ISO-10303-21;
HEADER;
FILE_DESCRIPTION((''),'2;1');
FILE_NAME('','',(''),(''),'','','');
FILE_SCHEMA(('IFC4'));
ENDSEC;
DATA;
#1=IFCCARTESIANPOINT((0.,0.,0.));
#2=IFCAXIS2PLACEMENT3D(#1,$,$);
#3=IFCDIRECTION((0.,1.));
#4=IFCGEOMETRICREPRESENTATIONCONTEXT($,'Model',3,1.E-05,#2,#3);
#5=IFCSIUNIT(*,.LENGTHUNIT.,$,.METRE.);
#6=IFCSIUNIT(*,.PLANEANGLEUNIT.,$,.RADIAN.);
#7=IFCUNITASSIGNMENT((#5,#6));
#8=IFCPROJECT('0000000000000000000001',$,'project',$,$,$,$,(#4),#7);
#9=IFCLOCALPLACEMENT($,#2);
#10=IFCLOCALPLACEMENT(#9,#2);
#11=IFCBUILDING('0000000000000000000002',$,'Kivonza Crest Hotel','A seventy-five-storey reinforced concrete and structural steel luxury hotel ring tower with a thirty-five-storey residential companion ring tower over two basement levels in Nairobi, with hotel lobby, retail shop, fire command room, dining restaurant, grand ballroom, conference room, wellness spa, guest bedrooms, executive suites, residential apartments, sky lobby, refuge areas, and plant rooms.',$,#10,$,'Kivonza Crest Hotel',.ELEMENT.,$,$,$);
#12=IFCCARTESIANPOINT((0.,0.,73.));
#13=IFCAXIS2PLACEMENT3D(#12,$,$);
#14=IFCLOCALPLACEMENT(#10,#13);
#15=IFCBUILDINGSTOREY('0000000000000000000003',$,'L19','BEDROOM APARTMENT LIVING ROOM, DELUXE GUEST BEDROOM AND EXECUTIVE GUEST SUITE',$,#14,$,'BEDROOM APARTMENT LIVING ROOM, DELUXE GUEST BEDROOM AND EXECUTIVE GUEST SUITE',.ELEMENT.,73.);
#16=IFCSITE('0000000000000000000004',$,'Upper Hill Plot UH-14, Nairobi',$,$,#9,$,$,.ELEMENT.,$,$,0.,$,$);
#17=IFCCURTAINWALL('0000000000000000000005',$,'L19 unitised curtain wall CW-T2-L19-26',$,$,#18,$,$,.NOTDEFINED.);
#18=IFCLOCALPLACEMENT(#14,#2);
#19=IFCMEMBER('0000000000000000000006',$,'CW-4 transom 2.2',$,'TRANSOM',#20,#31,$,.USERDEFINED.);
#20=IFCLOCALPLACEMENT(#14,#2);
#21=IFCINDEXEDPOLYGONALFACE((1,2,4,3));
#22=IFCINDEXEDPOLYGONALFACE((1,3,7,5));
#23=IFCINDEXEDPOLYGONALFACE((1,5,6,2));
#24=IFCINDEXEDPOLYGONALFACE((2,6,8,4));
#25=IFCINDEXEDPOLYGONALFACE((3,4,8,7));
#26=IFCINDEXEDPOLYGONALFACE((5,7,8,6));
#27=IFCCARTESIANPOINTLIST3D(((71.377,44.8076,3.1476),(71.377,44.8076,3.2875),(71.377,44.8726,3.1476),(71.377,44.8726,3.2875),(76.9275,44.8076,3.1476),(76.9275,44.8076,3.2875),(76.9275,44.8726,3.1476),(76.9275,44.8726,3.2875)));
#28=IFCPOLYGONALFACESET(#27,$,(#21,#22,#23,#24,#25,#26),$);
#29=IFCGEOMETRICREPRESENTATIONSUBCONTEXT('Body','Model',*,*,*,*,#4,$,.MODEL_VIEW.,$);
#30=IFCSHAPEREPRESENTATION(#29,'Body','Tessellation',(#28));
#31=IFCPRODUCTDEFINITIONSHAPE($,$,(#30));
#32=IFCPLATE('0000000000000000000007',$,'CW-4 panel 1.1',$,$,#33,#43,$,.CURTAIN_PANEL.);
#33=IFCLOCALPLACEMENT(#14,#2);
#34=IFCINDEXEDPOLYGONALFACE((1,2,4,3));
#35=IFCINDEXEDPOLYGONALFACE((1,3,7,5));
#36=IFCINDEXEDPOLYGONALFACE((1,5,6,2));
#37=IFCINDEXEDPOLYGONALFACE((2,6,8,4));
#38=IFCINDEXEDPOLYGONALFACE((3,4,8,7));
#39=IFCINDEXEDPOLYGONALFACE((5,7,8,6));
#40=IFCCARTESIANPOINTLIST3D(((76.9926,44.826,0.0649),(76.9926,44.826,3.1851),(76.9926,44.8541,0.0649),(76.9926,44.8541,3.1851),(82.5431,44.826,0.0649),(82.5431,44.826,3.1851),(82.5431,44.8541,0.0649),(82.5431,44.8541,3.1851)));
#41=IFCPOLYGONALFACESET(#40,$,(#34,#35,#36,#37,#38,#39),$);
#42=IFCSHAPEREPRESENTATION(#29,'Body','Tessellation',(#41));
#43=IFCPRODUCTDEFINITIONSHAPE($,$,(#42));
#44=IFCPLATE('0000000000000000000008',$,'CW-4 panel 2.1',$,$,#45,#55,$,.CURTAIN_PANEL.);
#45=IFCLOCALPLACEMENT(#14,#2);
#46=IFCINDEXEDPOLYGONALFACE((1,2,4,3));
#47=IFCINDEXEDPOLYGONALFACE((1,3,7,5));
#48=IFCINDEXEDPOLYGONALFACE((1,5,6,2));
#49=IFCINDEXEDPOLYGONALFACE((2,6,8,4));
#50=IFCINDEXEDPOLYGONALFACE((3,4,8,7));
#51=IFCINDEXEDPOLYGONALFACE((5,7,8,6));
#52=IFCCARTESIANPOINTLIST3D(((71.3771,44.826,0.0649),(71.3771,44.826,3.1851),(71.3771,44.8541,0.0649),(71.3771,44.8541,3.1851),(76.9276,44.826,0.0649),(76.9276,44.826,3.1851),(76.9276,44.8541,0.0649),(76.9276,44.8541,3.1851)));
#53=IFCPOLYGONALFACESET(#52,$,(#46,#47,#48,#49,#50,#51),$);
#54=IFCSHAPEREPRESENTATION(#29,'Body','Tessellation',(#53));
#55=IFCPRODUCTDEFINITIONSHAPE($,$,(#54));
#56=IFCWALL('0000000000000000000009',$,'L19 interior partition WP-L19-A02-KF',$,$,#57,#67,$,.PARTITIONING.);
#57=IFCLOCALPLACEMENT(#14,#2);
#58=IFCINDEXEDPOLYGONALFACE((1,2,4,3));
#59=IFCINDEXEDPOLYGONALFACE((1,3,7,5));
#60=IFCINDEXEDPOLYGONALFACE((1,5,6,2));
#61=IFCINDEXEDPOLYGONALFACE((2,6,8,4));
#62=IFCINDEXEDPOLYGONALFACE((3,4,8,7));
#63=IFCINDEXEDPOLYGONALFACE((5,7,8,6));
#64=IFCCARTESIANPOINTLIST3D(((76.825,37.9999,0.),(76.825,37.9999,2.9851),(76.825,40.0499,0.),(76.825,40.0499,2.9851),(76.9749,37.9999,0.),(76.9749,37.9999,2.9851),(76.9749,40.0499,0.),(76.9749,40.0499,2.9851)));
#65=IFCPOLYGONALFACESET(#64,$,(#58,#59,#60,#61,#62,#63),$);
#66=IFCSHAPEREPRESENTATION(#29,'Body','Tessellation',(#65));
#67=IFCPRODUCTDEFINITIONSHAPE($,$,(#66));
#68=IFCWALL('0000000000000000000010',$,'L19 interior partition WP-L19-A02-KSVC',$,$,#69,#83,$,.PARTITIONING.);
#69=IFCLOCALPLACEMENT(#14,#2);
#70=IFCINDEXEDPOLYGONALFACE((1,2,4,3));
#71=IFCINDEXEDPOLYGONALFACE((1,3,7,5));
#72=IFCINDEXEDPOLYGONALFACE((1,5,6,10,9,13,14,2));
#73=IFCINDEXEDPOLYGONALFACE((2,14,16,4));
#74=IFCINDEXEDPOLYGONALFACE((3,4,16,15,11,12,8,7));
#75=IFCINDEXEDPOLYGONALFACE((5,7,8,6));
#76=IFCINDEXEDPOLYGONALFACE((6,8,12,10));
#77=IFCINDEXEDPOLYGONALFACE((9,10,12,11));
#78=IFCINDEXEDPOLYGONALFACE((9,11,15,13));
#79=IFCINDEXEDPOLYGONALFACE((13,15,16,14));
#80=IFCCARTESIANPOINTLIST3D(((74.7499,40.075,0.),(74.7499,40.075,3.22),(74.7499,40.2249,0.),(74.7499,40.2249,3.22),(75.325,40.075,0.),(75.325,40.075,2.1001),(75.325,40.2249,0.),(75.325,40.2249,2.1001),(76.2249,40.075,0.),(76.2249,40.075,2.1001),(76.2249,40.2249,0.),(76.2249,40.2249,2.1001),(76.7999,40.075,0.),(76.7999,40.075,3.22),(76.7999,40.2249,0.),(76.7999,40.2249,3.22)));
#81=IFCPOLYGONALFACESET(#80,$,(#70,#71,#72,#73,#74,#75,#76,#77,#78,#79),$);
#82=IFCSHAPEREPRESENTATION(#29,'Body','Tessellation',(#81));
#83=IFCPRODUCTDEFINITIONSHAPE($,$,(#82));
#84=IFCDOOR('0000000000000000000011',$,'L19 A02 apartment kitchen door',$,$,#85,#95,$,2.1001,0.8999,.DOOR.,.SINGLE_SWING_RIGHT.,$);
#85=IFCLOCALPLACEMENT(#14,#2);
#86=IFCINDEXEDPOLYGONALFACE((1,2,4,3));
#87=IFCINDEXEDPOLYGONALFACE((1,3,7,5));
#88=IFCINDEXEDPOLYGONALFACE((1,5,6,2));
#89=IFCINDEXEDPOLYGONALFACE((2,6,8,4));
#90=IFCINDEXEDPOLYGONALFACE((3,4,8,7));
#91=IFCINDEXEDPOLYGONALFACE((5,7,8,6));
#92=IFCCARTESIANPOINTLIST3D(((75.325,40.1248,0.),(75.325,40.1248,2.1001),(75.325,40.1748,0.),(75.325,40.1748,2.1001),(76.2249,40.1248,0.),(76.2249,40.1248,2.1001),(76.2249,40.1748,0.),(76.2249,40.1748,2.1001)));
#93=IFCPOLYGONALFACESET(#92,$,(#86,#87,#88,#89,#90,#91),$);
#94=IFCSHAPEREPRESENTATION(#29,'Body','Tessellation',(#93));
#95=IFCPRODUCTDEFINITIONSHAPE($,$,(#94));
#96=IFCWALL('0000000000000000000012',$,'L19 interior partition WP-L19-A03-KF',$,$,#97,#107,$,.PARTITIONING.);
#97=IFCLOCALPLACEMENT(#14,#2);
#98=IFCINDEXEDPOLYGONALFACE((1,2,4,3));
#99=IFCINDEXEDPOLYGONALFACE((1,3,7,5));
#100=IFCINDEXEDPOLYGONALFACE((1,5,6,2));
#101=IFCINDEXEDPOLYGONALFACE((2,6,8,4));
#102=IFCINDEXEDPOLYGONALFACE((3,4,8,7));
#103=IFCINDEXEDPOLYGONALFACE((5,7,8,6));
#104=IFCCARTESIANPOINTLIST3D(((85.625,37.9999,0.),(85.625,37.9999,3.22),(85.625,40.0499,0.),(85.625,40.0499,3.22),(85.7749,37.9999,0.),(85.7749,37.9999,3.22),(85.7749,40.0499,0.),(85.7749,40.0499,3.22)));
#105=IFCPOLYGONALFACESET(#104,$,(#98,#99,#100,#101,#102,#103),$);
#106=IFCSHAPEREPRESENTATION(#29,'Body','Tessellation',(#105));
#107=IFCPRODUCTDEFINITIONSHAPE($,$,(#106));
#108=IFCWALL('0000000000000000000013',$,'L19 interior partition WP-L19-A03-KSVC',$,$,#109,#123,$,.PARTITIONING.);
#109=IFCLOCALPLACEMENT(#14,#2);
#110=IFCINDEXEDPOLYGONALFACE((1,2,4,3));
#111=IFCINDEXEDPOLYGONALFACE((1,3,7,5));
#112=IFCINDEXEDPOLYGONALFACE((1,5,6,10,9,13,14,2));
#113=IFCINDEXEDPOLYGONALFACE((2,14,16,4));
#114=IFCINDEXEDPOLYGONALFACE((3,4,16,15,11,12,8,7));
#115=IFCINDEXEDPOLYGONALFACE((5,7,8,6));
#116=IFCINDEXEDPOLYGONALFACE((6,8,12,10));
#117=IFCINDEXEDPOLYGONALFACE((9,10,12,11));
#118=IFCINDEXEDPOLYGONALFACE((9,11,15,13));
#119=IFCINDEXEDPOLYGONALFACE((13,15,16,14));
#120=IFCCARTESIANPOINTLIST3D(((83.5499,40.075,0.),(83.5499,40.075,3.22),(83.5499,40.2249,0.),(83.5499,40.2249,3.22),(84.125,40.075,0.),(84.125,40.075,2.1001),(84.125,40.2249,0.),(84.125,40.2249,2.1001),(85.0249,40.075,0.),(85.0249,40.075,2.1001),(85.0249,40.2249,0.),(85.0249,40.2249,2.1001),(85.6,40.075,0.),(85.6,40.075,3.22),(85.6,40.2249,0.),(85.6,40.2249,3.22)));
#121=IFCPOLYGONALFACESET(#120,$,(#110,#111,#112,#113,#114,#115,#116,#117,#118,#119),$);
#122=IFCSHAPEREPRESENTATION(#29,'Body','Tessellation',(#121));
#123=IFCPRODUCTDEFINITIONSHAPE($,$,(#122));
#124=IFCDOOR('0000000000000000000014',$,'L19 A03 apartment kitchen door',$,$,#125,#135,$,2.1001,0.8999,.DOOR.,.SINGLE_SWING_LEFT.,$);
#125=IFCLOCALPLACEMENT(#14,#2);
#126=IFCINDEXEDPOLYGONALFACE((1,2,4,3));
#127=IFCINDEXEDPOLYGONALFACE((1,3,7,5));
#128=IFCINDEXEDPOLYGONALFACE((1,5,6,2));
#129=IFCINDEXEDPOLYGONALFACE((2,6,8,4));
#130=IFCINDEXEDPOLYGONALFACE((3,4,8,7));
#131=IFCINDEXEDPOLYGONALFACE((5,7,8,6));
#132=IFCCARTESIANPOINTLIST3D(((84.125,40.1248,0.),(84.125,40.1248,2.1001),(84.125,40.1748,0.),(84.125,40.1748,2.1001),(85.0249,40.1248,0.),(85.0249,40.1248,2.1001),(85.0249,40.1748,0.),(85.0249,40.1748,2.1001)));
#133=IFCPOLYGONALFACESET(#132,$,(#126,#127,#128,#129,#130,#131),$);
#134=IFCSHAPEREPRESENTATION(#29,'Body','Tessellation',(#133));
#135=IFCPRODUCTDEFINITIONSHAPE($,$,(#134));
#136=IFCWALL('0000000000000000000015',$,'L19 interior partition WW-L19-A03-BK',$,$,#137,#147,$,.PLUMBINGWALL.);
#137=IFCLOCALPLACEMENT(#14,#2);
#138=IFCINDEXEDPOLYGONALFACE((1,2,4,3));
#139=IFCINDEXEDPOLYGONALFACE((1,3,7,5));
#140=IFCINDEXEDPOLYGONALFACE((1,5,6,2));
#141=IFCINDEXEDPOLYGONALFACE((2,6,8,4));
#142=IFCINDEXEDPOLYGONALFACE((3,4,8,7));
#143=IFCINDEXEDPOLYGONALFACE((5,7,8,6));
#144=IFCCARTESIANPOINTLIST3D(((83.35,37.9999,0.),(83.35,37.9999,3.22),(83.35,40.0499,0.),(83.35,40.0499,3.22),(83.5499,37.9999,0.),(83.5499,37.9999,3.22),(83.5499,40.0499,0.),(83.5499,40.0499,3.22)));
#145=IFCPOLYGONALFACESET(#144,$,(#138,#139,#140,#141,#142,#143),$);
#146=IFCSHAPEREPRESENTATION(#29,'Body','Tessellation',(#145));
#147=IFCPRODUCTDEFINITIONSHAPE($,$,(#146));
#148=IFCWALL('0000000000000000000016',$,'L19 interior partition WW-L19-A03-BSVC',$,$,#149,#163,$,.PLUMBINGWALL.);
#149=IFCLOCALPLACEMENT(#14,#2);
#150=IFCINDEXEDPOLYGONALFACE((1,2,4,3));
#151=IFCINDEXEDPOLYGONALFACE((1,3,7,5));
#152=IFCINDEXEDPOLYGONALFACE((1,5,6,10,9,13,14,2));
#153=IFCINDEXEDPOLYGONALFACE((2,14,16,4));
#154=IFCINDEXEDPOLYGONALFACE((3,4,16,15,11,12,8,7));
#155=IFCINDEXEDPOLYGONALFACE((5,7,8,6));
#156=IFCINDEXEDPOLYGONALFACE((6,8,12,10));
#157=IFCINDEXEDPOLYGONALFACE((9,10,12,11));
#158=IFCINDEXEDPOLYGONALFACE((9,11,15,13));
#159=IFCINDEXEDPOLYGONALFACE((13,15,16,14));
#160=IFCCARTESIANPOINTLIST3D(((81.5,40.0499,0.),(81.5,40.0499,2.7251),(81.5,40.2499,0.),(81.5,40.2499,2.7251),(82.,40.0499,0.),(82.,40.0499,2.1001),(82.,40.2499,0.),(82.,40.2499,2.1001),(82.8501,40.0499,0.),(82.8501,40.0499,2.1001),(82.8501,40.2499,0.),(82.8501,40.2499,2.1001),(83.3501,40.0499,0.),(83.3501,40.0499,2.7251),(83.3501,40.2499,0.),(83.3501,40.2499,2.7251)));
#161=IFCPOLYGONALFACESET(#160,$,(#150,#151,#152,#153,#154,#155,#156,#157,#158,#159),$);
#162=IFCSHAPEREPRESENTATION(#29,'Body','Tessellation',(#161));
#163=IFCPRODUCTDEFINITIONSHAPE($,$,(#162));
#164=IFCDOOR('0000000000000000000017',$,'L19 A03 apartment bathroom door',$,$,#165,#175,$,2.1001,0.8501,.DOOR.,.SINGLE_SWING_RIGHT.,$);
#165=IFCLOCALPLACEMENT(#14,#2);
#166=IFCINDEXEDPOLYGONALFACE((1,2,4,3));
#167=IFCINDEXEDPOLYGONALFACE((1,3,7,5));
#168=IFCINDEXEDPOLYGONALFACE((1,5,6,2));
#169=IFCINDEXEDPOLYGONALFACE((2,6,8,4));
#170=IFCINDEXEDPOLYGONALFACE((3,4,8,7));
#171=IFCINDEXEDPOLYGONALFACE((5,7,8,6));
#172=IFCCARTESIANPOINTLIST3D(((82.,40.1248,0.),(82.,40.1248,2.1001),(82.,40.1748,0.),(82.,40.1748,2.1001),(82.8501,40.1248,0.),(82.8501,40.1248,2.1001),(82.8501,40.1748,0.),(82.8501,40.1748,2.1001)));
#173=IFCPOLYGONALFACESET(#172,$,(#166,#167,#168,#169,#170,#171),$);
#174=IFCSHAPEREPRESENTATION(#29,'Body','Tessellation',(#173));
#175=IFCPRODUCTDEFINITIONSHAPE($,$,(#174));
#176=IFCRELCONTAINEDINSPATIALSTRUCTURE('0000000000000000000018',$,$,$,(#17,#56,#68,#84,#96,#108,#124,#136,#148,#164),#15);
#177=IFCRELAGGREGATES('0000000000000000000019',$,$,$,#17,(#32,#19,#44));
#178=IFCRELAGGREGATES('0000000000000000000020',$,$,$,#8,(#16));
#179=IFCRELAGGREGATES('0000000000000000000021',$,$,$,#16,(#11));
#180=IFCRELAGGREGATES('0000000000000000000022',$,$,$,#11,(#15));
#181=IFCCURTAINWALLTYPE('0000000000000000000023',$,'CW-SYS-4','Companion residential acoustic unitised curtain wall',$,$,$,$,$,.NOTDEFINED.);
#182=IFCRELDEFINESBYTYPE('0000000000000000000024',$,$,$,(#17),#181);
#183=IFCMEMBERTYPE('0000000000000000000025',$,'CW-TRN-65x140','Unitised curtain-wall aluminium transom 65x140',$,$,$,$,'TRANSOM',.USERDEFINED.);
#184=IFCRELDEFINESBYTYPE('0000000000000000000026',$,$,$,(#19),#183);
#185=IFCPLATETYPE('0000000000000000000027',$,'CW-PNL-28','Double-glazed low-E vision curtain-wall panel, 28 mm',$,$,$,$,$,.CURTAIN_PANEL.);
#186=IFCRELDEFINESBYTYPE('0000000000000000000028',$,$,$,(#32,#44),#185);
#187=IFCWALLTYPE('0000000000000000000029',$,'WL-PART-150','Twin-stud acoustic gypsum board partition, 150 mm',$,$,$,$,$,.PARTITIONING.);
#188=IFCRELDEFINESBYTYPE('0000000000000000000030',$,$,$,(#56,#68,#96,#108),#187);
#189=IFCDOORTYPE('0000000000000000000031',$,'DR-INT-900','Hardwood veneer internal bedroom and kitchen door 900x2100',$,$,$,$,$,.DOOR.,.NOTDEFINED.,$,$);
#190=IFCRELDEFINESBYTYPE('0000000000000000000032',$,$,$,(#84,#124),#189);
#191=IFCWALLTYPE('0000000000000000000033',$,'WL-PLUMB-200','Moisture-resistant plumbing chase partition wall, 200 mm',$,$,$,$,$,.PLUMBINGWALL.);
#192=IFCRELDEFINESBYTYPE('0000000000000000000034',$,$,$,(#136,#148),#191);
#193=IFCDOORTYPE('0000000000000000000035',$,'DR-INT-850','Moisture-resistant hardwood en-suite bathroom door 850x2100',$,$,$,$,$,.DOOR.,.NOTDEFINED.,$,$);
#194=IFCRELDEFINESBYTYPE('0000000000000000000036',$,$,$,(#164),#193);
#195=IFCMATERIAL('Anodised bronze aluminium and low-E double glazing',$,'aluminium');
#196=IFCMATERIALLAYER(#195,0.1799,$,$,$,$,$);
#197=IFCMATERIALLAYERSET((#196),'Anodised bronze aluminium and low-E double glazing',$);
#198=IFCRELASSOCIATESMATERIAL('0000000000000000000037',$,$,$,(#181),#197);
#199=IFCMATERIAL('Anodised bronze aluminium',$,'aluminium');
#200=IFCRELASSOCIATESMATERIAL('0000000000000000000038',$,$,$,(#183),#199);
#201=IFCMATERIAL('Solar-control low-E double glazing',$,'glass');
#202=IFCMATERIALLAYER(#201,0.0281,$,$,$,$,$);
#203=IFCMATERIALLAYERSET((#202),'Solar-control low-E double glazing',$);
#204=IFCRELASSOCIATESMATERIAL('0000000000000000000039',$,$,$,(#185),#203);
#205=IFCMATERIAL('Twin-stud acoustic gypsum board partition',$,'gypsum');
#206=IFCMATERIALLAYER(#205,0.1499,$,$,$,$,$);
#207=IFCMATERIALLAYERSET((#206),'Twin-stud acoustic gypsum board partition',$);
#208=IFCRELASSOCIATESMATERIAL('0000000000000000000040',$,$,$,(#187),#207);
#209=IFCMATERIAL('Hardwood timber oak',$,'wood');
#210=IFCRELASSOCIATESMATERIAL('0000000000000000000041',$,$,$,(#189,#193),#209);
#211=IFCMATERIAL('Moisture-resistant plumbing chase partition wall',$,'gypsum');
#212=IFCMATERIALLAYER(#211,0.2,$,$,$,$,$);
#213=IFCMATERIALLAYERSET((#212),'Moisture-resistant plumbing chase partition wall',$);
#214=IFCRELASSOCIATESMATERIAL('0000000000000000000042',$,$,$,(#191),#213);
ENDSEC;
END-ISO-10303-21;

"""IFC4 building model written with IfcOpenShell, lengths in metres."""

from ifc_helpers import new_model, si_unit, direction, frame, frame_2d, origin, origin_2d, place, context, subcontext, project, spatial, rectangle, extrude, material, layer, layer_set, material_profile, profile_set, type_object, element, fill, aggregate, save


model = new_model("IFC4")

# Units and contexts
model_context = context("Model", 3, precision=1e-05, world=origin(), true_north=direction((0.0, 1.0)))
body_context = subcontext(model_context, "Body", "Model", "MODEL_VIEW")
ifc_project = project(units=[si_unit("LENGTHUNIT", "METRE"), si_unit("PLANEANGLEUNIT", "RADIAN")], contexts=[model_context])

# Site, building, storey
site_placement = place(None, origin())
site = spatial("IfcSite", under=ifc_project, at=site_placement, Name="Upper Hill Plot UH-14, Nairobi", CompositionType="ELEMENT", RefElevation=0.0)
building_placement = place(site_placement, origin())
building = spatial("IfcBuilding", under=site, at=building_placement, Name="Kivonza Crest Hotel", Description="A seventy-five-storey reinforced concrete and structural steel luxury hotel ring tower with a thirty-five-storey residential companion ring tower over two basement levels in Nairobi, with hotel lobby, retail shop, fire command room, dining restaurant, grand ballroom, conference room, wellness spa, guest bedrooms, executive suites, residential apartments, sky lobby, refuge areas, and plant rooms.", LongName="Kivonza Crest Hotel", CompositionType="ELEMENT")
storey_placement = place(building_placement, frame((0.0, 0.0, 73.0)))
storey = spatial("IfcBuildingStorey", under=building, at=storey_placement, Name="L19", Description="BEDROOM APARTMENT LIVING ROOM, DELUXE GUEST BEDROOM AND EXECUTIVE GUEST SUITE", LongName="BEDROOM APARTMENT LIVING ROOM, DELUXE GUEST BEDROOM AND EXECUTIVE GUEST SUITE", CompositionType="ELEMENT", Elevation=73.0)

# Curtain wall, member, plates
ifc_material_1 = material(Name="Anodised bronze aluminium and low-E double glazing", Category="aluminium")
ifc_layer_1 = layer(ifc_material_1, 0.1799)
ifc_layer_set_1 = layer_set([ifc_layer_1], Name="Anodised bronze aluminium and low-E double glazing")
curtain_wall_type = type_object("IfcCurtainWallType", Name="CW-SYS-4", Description="Companion residential acoustic unitised curtain wall", PredefinedType="NOTDEFINED", material=ifc_layer_set_1)
curtain_wall_placement = place(storey_placement, origin())
curtain_wall = element("IfcCurtainWall", 1, at=curtain_wall_placement, inside=storey, type_object=curtain_wall_type, Name="L19 unitised curtain wall CW-T2-L19-26", PredefinedType="NOTDEFINED")
ifc_material_2 = material(Name="Anodised bronze aluminium", Category="aluminium")
ifc_material_profile_1 = material_profile(ifc_material_2, rectangle(XDim=0.0649, YDim=0.1399, at=origin_2d()), Name="CW-T 65x140")
ifc_profile_set_1 = profile_set([ifc_material_profile_1], Name="Anodised bronze aluminium")
member_type_1 = type_object("IfcMemberType", Name="CW-TRN-65x140", Description="Unitised curtain-wall aluminium transom 65x140", ElementType="TRANSOM", PredefinedType="USERDEFINED", material=ifc_profile_set_1)
member_1_placement = place(storey_placement, frame((76.9275, 44.8401, 3.2175), z_axis=(-1.0, 0.0, 0.0), x_axis=(0.0, -1.0, 0.0)))
member_1 = element("IfcMember", 2, at=member_1_placement, type_object=member_type_1, Name="CW-4 transom 2.2", ObjectType="TRANSOM", PredefinedType="USERDEFINED", context=body_context, shape_type="SweptSolid", body=[
    extrude(rectangle(XDim=0.0649, YDim=0.1399, at=origin_2d()), origin(), (0.0, 0.0, 1.0), 5.5505),
])
ifc_material_3 = material(Name="Solar-control low-E double glazing", Category="glass")
ifc_layer_2 = layer(ifc_material_3, 0.0281)
ifc_layer_set_2 = layer_set([ifc_layer_2], Name="Solar-control low-E double glazing")
plate_type = type_object("IfcPlateType", Name="CW-PNL-28", Description="Double-glazed low-E vision curtain-wall panel, 28 mm", PredefinedType="CURTAIN_PANEL", material=ifc_layer_set_2)
plate_1_placement = place(storey_placement, frame((79.7678, 44.8401, 0.0649), z_axis=(0.0, 0.0, 1.0), x_axis=(-1.0, 0.0, 0.0)))
plate_1 = element("IfcPlate", 3, at=plate_1_placement, type_object=plate_type, Name="CW-4 panel 1.1", PredefinedType="CURTAIN_PANEL", context=body_context, shape_type="SweptSolid", body=[
    extrude(rectangle(XDim=5.5505, YDim=0.0281, at=origin_2d()), origin(), (0.0, 0.0, 1.0), 3.1201),
])
plate_2_placement = place(storey_placement, frame((74.1523, 44.8401, 0.0649), z_axis=(0.0, 0.0, 1.0), x_axis=(-1.0, 0.0, 0.0)))
plate_2 = element("IfcPlate", 4, at=plate_2_placement, type_object=plate_type, Name="CW-4 panel 2.1", PredefinedType="CURTAIN_PANEL", context=body_context, shape_type="SweptSolid", body=[
    extrude(rectangle(XDim=5.5505, YDim=0.0281, at=origin_2d()), origin(), (0.0, 0.0, 1.0), 3.1201),
])
aggregate(curtain_wall, [plate_1, member_1, plate_2])

# Wall
ifc_material_4 = material(Name="Twin-stud acoustic gypsum board partition", Category="gypsum")
ifc_layer_3 = layer(ifc_material_4, 0.1499)
ifc_layer_set_3 = layer_set([ifc_layer_3], Name="Twin-stud acoustic gypsum board partition")
wall_type_1 = type_object("IfcWallType", Name="WL-PART-150", Description="Twin-stud acoustic gypsum board partition, 150 mm", PredefinedType="PARTITIONING", material=ifc_layer_set_3)
wall_1_placement = place(storey_placement, frame((76.8999, 38.0, 0.0), z_axis=(0.0, 0.0, 1.0), x_axis=(0.0, 1.0, 0.0)))
element("IfcWall", 5, at=wall_1_placement, inside=storey, type_object=wall_type_1, Name="L19 interior partition WP-L19-A02-KF", PredefinedType="PARTITIONING", context=body_context, shape_type="SweptSolid", body=[
    extrude(rectangle(XDim=2.05, YDim=0.1499, at=frame_2d((1.0249, 0.0))), origin(), (0.0, 0.0, 1.0), 2.9851),
])

# Wall, opening, door
wall_2_placement = place(storey_placement, frame((74.75, 40.1499, 0.0), z_axis=(0.0, 0.0, 1.0), x_axis=(1.0, 0.0, 0.0)))
wall_2 = element("IfcWall", 6, at=wall_2_placement, inside=storey, type_object=wall_type_1, Name="L19 interior partition WP-L19-A02-KSVC", PredefinedType="PARTITIONING", context=body_context, shape_type="SweptSolid", body=[
    extrude(rectangle(XDim=2.05, YDim=0.1499, at=frame_2d((1.0249, 0.0))), origin(), (0.0, 0.0, 1.0), 3.22),
])
opening_1_placement = place(wall_2_placement, frame((0.575, 0.0, 0.0)))
opening_1 = element("IfcOpeningElement", 7, at=opening_1_placement, cuts=wall_2, PredefinedType="OPENING", context=body_context, shape_type="SweptSolid", body=[
    extrude(rectangle(XDim=0.8999, YDim=2.1001, at=frame_2d((0.45, 1.05))), frame((0.0, 0.085, 0.0), z_axis=(0.0, -1.0, 0.0), x_axis=(1.0, 0.0, 0.0)), (0.0, 0.0, 1.0), 0.1699),
])
ifc_material_5 = material(Name="Hardwood timber oak", Category="wood")
door_type_1 = type_object("IfcDoorType", Name="DR-INT-900", Description="Hardwood veneer internal bedroom and kitchen door 900x2100", OperationType="NOTDEFINED", PredefinedType="DOOR", material=ifc_material_5)
door_1_placement = place(opening_1_placement, origin())
door_1 = element("IfcDoor", 8, at=door_1_placement, inside=storey, type_object=door_type_1, Name="L19 A02 apartment kitchen door", OperationType="SINGLE_SWING_RIGHT", OverallHeight=2.1001, OverallWidth=0.8999, PredefinedType="DOOR", context=body_context, shape_type="SweptSolid", body=[
    extrude(rectangle(XDim=0.8999, YDim=2.1001, at=frame_2d((0.45, 1.05))), frame((0.0, 0.0249, 0.0), z_axis=(0.0, -1.0, 0.0), x_axis=(1.0, 0.0, 0.0)), (0.0, 0.0, 1.0), 0.05),
])
fill(opening_1, door_1)

# Wall
wall_3_placement = place(storey_placement, frame((85.7, 38.0, 0.0), z_axis=(0.0, 0.0, 1.0), x_axis=(0.0, 1.0, 0.0)))
element("IfcWall", 9, at=wall_3_placement, inside=storey, type_object=wall_type_1, Name="L19 interior partition WP-L19-A03-KF", PredefinedType="PARTITIONING", context=body_context, shape_type="SweptSolid", body=[
    extrude(rectangle(XDim=2.05, YDim=0.1499, at=frame_2d((1.0249, 0.0))), origin(), (0.0, 0.0, 1.0), 3.22),
])

# Wall, opening, door
wall_4_placement = place(storey_placement, frame((83.55, 40.1499, 0.0), z_axis=(0.0, 0.0, 1.0), x_axis=(1.0, 0.0, 0.0)))
wall_4 = element("IfcWall", 10, at=wall_4_placement, inside=storey, type_object=wall_type_1, Name="L19 interior partition WP-L19-A03-KSVC", PredefinedType="PARTITIONING", context=body_context, shape_type="SweptSolid", body=[
    extrude(rectangle(XDim=2.05, YDim=0.1499, at=frame_2d((1.0249, 0.0))), origin(), (0.0, 0.0, 1.0), 3.22),
])
opening_2_placement = place(wall_4_placement, frame((0.575, 0.0, 0.0)))
opening_2 = element("IfcOpeningElement", 11, at=opening_2_placement, cuts=wall_4, PredefinedType="OPENING", context=body_context, shape_type="SweptSolid", body=[
    extrude(rectangle(XDim=0.8999, YDim=2.1001, at=frame_2d((0.45, 1.05))), frame((0.0, 0.085, 0.0), z_axis=(0.0, -1.0, 0.0), x_axis=(1.0, 0.0, 0.0)), (0.0, 0.0, 1.0), 0.1699),
])
door_2_placement = place(opening_2_placement, origin())
door_2 = element("IfcDoor", 12, at=door_2_placement, inside=storey, type_object=door_type_1, Name="L19 A03 apartment kitchen door", OperationType="SINGLE_SWING_LEFT", OverallHeight=2.1001, OverallWidth=0.8999, PredefinedType="DOOR", context=body_context, shape_type="SweptSolid", body=[
    extrude(rectangle(XDim=0.8999, YDim=2.1001, at=frame_2d((0.45, 1.05))), frame((0.0, 0.0249, 0.0), z_axis=(0.0, -1.0, 0.0), x_axis=(1.0, 0.0, 0.0)), (0.0, 0.0, 1.0), 0.05),
])
fill(opening_2, door_2)

# Wall
ifc_material_6 = material(Name="Moisture-resistant plumbing chase partition wall", Category="gypsum")
ifc_layer_4 = layer(ifc_material_6, 0.2)
ifc_layer_set_4 = layer_set([ifc_layer_4], Name="Moisture-resistant plumbing chase partition wall")
wall_type_2 = type_object("IfcWallType", Name="WL-PLUMB-200", Description="Moisture-resistant plumbing chase partition wall, 200 mm", PredefinedType="PLUMBINGWALL", material=ifc_layer_set_4)
wall_5_placement = place(storey_placement, frame((83.45, 38.0, 0.0), z_axis=(0.0, 0.0, 1.0), x_axis=(0.0, 1.0, 0.0)))
element("IfcWall", 13, at=wall_5_placement, inside=storey, type_object=wall_type_2, Name="L19 interior partition WW-L19-A03-BK", PredefinedType="PLUMBINGWALL", context=body_context, shape_type="SweptSolid", body=[
    extrude(rectangle(XDim=2.05, YDim=0.2, at=frame_2d((1.0249, 0.0))), origin(), (0.0, 0.0, 1.0), 3.22),
])

# Wall, opening, door
wall_6_placement = place(storey_placement, frame((81.5, 40.1499, 0.0), z_axis=(0.0, 0.0, 1.0), x_axis=(1.0, 0.0, 0.0)))
wall_6 = element("IfcWall", 14, at=wall_6_placement, inside=storey, type_object=wall_type_2, Name="L19 interior partition WW-L19-A03-BSVC", PredefinedType="PLUMBINGWALL", context=body_context, shape_type="SweptSolid", body=[
    extrude(rectangle(XDim=1.8501, YDim=0.2, at=frame_2d((0.925, 0.0))), origin(), (0.0, 0.0, 1.0), 2.7251),
])
opening_3_placement = place(wall_6_placement, frame((0.5, 0.0, 0.0)))
opening_3 = element("IfcOpeningElement", 15, at=opening_3_placement, cuts=wall_6, PredefinedType="OPENING", context=body_context, shape_type="SweptSolid", body=[
    extrude(rectangle(XDim=0.8501, YDim=2.1001, at=frame_2d((0.425, 1.05))), frame((0.0, 0.1099, 0.0), z_axis=(0.0, -1.0, 0.0), x_axis=(1.0, 0.0, 0.0)), (0.0, 0.0, 1.0), 0.22),
])
door_type_2 = type_object("IfcDoorType", Name="DR-INT-850", Description="Moisture-resistant hardwood en-suite bathroom door 850x2100", OperationType="NOTDEFINED", PredefinedType="DOOR", material=ifc_material_5)
door_3_placement = place(opening_3_placement, origin())
door_3 = element("IfcDoor", 16, at=door_3_placement, inside=storey, type_object=door_type_2, Name="L19 A03 apartment bathroom door", OperationType="SINGLE_SWING_RIGHT", OverallHeight=2.1001, OverallWidth=0.8501, PredefinedType="DOOR", context=body_context, shape_type="SweptSolid", body=[
    extrude(rectangle(XDim=0.8501, YDim=2.1001, at=frame_2d((0.425, 1.05))), frame((0.0, 0.0249, 0.0), z_axis=(0.0, -1.0, 0.0), x_axis=(1.0, 0.0, 0.0)), (0.0, 0.0, 1.0), 0.05),
])
fill(opening_3, door_3)

save(model, "model.ifc")
